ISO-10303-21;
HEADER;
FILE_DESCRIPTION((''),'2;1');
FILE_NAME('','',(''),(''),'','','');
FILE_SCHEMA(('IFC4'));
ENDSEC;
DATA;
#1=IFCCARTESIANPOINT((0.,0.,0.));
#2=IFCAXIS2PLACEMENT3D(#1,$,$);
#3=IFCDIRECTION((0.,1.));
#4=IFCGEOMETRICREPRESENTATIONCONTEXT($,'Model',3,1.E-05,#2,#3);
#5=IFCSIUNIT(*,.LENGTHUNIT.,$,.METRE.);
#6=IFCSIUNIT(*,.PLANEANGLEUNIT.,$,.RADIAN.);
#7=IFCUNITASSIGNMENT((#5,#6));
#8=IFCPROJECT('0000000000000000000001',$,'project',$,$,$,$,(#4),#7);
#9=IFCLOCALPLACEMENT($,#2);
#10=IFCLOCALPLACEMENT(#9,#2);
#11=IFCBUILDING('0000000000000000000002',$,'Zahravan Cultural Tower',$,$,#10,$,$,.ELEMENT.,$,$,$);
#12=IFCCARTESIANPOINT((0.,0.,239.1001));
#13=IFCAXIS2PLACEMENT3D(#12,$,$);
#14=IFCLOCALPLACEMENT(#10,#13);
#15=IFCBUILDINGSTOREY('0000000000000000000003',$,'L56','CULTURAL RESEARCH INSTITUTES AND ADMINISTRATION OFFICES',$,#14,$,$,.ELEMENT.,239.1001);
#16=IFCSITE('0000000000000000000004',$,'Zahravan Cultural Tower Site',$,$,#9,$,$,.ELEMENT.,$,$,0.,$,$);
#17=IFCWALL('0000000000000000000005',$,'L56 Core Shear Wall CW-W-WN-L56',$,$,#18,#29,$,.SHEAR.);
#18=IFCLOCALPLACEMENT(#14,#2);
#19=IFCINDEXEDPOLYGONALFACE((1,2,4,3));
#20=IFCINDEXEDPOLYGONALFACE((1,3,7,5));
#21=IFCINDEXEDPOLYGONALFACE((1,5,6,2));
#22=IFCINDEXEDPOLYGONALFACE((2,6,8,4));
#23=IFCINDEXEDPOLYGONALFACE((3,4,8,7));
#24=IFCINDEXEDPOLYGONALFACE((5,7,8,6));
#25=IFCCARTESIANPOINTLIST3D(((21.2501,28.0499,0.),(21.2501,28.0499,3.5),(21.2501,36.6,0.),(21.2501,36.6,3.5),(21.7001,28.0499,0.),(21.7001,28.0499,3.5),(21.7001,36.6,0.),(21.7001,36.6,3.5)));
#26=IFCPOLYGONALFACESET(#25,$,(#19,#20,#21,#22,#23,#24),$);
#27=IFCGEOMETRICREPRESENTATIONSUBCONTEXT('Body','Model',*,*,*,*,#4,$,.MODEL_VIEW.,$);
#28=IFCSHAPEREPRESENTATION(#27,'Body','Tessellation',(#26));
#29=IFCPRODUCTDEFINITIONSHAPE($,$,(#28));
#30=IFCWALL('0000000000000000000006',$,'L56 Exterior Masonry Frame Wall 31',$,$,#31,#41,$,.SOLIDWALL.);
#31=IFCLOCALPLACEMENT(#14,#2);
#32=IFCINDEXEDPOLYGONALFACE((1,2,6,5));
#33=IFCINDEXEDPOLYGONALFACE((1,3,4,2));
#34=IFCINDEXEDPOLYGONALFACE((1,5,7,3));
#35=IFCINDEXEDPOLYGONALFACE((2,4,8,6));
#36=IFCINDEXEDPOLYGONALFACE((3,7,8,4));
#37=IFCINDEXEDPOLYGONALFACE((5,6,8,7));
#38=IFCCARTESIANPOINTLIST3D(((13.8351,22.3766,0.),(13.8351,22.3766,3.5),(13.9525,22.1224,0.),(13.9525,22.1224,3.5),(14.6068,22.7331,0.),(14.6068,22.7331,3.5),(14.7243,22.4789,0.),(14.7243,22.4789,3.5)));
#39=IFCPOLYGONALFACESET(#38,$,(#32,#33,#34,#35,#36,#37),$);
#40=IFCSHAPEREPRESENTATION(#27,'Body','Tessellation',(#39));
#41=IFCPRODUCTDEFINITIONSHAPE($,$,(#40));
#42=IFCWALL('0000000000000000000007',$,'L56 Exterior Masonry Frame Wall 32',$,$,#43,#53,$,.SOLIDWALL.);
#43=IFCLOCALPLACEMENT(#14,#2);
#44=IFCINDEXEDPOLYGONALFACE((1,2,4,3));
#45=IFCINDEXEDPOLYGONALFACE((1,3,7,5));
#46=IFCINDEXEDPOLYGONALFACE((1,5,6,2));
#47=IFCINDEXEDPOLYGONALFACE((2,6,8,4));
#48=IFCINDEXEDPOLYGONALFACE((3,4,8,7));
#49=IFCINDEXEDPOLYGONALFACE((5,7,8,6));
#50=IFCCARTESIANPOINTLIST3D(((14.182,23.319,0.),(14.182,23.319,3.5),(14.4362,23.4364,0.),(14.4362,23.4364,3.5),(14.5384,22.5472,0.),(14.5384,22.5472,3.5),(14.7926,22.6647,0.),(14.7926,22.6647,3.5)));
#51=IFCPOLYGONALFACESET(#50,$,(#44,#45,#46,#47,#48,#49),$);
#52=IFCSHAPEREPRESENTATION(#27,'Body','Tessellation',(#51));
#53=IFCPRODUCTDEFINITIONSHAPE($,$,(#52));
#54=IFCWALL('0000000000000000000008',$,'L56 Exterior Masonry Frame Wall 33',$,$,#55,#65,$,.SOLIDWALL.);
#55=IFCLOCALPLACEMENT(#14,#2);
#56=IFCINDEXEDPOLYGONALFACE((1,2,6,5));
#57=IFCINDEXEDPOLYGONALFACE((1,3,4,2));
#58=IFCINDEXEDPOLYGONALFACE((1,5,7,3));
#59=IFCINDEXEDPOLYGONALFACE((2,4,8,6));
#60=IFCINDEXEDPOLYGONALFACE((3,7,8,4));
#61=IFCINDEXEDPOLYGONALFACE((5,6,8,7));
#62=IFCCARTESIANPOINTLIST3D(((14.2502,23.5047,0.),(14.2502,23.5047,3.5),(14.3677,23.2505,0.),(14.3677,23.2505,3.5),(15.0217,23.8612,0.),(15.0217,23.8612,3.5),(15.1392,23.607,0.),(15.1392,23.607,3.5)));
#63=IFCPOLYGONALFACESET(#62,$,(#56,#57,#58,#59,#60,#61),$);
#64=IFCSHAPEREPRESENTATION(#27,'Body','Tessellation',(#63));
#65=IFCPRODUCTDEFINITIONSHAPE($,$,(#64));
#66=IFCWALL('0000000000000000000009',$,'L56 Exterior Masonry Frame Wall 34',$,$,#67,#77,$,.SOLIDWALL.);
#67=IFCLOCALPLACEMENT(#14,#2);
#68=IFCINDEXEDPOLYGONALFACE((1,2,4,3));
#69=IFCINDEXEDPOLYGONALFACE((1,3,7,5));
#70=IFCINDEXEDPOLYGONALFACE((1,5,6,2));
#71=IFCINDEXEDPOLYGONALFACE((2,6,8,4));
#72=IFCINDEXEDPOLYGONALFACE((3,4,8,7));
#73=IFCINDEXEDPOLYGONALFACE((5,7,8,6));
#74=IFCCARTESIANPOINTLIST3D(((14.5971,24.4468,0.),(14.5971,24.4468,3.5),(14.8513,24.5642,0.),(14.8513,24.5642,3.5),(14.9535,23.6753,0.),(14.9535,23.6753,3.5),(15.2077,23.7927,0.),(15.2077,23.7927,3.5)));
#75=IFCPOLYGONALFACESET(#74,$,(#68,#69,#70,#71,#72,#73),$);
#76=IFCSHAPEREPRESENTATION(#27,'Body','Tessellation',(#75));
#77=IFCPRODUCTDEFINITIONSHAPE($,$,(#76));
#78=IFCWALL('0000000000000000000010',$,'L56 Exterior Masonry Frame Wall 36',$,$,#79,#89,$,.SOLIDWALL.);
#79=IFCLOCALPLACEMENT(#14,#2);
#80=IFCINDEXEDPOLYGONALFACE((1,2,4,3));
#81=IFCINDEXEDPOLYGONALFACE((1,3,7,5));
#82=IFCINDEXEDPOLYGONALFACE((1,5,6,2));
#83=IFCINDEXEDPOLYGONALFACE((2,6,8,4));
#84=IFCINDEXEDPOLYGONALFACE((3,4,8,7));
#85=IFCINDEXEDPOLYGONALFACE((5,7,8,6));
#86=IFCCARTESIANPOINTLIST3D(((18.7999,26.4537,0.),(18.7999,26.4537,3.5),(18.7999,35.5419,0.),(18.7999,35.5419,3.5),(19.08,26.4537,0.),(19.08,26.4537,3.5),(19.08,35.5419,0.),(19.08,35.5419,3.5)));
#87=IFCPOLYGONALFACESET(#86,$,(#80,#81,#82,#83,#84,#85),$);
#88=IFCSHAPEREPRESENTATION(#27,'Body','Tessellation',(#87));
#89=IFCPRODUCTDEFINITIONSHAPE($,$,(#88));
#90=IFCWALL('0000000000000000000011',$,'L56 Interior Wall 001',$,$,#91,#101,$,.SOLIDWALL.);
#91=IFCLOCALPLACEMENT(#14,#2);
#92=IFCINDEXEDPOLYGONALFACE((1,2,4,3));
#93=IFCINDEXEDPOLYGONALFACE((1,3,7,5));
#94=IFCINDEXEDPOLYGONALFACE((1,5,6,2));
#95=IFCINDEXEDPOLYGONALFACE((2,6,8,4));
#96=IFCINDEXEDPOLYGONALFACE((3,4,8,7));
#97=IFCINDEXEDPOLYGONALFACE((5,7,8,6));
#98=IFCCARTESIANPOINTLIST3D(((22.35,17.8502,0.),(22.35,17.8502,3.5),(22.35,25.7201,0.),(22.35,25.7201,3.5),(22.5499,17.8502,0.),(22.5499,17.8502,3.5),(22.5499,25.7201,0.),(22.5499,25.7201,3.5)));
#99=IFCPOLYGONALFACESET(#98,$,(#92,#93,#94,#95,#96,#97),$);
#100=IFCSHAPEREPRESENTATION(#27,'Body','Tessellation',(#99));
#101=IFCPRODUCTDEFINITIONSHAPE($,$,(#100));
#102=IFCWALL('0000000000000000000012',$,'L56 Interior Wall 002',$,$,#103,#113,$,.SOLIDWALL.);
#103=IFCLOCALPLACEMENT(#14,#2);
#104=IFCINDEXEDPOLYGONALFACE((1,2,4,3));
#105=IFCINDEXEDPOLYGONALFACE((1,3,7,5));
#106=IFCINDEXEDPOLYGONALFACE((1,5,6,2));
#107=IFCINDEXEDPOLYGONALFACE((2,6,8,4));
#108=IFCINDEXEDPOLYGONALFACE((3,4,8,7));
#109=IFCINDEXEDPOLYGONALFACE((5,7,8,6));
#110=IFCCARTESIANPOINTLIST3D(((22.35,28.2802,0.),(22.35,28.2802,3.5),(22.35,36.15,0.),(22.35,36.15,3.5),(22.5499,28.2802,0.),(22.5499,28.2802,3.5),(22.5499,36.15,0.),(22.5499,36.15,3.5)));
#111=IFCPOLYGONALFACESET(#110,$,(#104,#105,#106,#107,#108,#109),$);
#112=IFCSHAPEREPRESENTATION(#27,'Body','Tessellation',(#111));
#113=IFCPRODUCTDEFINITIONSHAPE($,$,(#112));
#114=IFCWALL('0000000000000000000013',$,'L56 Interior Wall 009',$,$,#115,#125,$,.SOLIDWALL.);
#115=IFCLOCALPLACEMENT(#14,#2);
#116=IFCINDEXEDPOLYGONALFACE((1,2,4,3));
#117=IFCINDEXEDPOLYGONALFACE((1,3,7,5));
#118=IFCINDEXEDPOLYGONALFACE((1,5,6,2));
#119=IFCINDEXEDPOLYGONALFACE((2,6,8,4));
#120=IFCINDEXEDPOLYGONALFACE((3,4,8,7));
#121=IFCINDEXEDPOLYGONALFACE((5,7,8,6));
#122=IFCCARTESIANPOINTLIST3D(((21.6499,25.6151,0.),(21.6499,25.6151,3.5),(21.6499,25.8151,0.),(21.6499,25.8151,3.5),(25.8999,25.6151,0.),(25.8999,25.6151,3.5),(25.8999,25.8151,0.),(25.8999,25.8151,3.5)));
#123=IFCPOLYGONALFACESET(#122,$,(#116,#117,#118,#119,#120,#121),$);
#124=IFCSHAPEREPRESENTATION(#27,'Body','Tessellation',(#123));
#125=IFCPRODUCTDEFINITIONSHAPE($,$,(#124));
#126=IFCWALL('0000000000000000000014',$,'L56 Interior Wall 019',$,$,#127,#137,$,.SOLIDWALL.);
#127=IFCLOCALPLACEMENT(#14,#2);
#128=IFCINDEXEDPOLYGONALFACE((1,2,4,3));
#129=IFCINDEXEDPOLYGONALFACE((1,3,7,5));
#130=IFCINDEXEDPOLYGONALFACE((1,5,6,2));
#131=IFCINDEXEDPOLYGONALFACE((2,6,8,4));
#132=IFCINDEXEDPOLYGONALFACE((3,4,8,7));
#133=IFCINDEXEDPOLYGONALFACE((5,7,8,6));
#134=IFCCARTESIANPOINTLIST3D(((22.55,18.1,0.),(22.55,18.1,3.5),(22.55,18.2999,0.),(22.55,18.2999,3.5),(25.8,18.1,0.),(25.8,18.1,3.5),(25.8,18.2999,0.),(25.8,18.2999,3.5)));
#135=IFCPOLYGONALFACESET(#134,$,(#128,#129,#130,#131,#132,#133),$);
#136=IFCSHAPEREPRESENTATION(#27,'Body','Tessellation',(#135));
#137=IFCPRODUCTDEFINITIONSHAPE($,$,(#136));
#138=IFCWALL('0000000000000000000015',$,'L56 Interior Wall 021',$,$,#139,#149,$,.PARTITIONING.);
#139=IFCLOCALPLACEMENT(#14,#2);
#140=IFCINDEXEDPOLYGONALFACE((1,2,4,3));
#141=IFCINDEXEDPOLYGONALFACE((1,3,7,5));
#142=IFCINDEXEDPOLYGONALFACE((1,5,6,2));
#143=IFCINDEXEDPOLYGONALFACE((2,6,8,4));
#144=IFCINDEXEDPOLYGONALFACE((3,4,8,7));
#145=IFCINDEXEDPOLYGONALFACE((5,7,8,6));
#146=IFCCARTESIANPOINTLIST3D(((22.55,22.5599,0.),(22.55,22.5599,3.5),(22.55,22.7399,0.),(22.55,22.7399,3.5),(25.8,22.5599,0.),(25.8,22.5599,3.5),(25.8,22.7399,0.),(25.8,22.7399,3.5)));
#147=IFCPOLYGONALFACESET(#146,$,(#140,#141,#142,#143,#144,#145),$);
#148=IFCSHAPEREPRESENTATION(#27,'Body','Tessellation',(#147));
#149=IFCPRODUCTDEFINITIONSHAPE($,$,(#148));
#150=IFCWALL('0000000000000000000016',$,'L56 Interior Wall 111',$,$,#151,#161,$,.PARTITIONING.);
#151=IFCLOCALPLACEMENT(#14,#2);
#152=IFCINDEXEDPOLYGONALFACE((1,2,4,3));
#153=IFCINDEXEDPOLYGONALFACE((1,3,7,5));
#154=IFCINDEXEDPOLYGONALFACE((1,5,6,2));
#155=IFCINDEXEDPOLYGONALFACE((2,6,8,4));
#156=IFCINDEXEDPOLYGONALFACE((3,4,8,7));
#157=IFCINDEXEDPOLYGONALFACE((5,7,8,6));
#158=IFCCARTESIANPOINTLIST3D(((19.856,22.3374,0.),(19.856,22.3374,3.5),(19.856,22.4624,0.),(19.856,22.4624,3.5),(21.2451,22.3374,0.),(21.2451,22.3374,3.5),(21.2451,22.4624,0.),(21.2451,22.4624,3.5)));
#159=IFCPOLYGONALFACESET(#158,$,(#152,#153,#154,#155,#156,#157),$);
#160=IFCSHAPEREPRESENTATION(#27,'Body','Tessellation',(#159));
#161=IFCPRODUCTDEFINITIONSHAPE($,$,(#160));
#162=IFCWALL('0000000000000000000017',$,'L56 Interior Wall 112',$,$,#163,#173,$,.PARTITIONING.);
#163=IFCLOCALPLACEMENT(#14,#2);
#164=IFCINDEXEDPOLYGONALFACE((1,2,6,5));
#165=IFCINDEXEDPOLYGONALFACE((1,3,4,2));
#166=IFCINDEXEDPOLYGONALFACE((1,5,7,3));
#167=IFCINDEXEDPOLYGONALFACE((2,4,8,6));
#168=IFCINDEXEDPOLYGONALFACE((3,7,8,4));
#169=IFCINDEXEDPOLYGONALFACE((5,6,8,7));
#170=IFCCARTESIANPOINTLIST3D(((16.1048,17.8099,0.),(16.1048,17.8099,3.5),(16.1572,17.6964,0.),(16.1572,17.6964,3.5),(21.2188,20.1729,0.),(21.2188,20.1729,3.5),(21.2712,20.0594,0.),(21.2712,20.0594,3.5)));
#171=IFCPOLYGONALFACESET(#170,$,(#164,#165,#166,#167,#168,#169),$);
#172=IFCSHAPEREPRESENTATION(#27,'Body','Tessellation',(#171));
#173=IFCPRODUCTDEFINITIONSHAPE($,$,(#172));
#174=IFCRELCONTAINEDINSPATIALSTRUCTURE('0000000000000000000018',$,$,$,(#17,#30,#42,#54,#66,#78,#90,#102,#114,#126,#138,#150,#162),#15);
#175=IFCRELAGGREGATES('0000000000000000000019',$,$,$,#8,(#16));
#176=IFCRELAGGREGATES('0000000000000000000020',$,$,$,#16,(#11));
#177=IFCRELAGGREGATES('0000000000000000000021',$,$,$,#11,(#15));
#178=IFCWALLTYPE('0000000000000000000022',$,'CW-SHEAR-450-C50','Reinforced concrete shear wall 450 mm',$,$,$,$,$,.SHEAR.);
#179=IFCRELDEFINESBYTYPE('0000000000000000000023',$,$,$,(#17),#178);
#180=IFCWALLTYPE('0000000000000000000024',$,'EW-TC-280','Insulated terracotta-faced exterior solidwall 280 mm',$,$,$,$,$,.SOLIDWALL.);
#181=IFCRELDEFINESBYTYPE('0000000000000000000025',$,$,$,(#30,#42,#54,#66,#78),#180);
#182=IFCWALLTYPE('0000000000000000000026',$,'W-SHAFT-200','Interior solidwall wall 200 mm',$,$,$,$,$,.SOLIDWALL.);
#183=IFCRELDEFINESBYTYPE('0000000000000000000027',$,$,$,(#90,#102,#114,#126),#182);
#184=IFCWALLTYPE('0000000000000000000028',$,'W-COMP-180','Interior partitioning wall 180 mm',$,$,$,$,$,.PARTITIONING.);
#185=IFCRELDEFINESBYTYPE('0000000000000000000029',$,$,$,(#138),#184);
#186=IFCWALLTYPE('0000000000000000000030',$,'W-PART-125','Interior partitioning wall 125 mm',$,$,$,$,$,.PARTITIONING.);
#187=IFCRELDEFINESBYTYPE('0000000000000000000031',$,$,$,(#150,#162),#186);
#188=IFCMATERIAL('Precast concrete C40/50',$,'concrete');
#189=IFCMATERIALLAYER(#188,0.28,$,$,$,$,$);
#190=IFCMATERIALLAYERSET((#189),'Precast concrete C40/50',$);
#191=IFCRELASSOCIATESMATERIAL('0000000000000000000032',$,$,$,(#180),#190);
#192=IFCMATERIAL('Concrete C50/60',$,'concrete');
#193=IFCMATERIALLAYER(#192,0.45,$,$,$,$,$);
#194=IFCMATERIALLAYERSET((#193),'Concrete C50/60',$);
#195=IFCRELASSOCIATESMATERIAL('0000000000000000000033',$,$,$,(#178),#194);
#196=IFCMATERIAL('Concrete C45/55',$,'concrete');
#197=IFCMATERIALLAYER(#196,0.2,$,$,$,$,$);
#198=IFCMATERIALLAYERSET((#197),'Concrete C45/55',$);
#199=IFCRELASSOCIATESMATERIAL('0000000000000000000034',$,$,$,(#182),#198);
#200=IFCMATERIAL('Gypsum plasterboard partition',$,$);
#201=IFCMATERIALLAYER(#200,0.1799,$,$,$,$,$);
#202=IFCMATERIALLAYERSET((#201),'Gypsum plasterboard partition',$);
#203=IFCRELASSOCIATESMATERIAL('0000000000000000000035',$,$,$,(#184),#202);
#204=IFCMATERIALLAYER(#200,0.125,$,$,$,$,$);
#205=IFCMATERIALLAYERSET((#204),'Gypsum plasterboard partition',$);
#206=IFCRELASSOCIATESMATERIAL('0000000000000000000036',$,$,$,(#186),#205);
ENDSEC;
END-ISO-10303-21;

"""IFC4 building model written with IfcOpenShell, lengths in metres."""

from ifc_helpers import new_model, si_unit, direction, frame, frame_2d, origin, place, context, subcontext, project, spatial, rectangle, extrude, source, transform, mapped, material, layer, layer_set, type_object, element, save


model = new_model("IFC4")

# Units and contexts
model_context = context("Model", 3, precision=1e-05, world=origin(), true_north=direction((0.0, 1.0)))
body_context = subcontext(model_context, "Body", "Model", "MODEL_VIEW")
ifc_project = project(units=[si_unit("LENGTHUNIT", "METRE"), si_unit("PLANEANGLEUNIT", "RADIAN")], contexts=[model_context])

# Site, building, storey
site_placement = place(None, origin())
site = spatial("IfcSite", under=ifc_project, at=site_placement, Name="Zahravan Cultural Tower Site", CompositionType="ELEMENT", RefElevation=0.0)
building_placement = place(site_placement, origin())
building = spatial("IfcBuilding", under=site, at=building_placement, Name="Zahravan Cultural Tower", CompositionType="ELEMENT")
storey_placement = place(building_placement, frame((0.0, 0.0, 239.1001)))
storey = spatial("IfcBuildingStorey", under=building, at=storey_placement, Name="L56", Description="CULTURAL RESEARCH INSTITUTES AND ADMINISTRATION OFFICES", CompositionType="ELEMENT", Elevation=239.1001)

# Shared definitions
ifc_material_1 = material(Name="Concrete C50/60", Category="concrete")

# Shared definitions
ifc_material_2 = material(Name="Precast concrete C40/50", Category="concrete")
ifc_layer_1 = layer(ifc_material_2, 0.28)
ifc_layer_set_1 = layer_set([ifc_layer_1], Name="Precast concrete C40/50")
wall_type_1 = type_object("IfcWallType", Name="EW-TC-280", Description="Insulated terracotta-faced exterior solidwall 280 mm", PredefinedType="SOLIDWALL", material=ifc_layer_set_1)

# Walls
ifc_layer_2 = layer(ifc_material_1, 0.45)
ifc_layer_set_2 = layer_set([ifc_layer_2], Name="Concrete C50/60")
wall_type_2 = type_object("IfcWallType", Name="CW-SHEAR-450-C50", Description="Reinforced concrete shear wall 450 mm", PredefinedType="SHEAR", material=ifc_layer_set_2)
shared_shape_1 = source(origin(), body_context, "Body", "SweptSolid", [
    extrude(rectangle(XDim=8.55, YDim=0.45, at=frame_2d((4.2749, 0.0))), origin(), (0.0, 0.0, 1.0), 3.5),
])
wall_1_placement = place(storey_placement, frame((21.4751, 28.05, 0.0), z_axis=(0.0, 0.0, 1.0), x_axis=(0.0, 1.0, 0.0)))
element("IfcWall", 1, at=wall_1_placement, inside=storey, type_object=wall_type_2, Name="L56 Core Shear Wall CW-W-WN-L56", PredefinedType="SHEAR", context=body_context, shape_type="MappedRepresentation", body=[
    mapped(shared_shape_1, transform((0.0, 0.0, 0.0), x_axis=(1.0, 0.0, 0.0), y_axis=(0.0, 1.0, 0.0), z_axis=(0.0, 0.0, 1.0), scale=1.0)),
])
shared_shape_2 = source(origin(), body_context, "Body", "SweptSolid", [
    extrude(rectangle(XDim=0.8501, YDim=0.28, at=frame_2d((0.425, 0.0))), origin(), (0.0, 0.0, 1.0), 3.5),
])
for number, where, z_axis, x_axis, name in (
    (2, (13.8938, 22.2495, 0.0), (0.0, 0.0, 1.0), (0.907842, 0.419313, 0.0), "L56 Exterior Masonry Frame Wall 31"),
    (3, (14.6655, 22.606, 0.0), (0.0, 0.0, 1.0), (-0.419313, 0.907842, 0.0), "L56 Exterior Masonry Frame Wall 32"),
):
    element("IfcWall", number, at=place(storey_placement, frame(where, z_axis=z_axis, x_axis=x_axis)), inside=storey, type_object=wall_type_1, Name=name, PredefinedType="SOLIDWALL", context=body_context, shape_type="MappedRepresentation", body=[
        mapped(shared_shape_2, transform((0.0, 0.0, 0.0), x_axis=(1.0, 0.0, 0.0), y_axis=(0.0, 1.0, 0.0), z_axis=(0.0, 0.0, 1.0), scale=1.0)),
    ])
shared_shape_3 = source(origin(), body_context, "Body", "SweptSolid", [
    extrude(rectangle(XDim=0.8499, YDim=0.28, at=frame_2d((0.4248, 0.0))), origin(), (0.0, 0.0, 1.0), 3.5),
])
for number, where, z_axis, x_axis, name in (
    (4, (14.3091, 23.3777, 0.0), (0.0, 0.0, 1.0), (0.907791, 0.419422, 0.0), "L56 Exterior Masonry Frame Wall 33"),
    (5, (15.0806, 23.7341, 0.0), (0.0, 0.0, 1.0), (-0.419422, 0.907791, 0.0), "L56 Exterior Masonry Frame Wall 34"),
):
    element("IfcWall", number, at=place(storey_placement, frame(where, z_axis=z_axis, x_axis=x_axis)), inside=storey, type_object=wall_type_1, Name=name, PredefinedType="SOLIDWALL", context=body_context, shape_type="MappedRepresentation", body=[
        mapped(shared_shape_3, transform((0.0, 0.0, 0.0), x_axis=(1.0, 0.0, 0.0), y_axis=(0.0, 1.0, 0.0), z_axis=(0.0, 0.0, 1.0), scale=1.0)),
    ])
shared_shape_4 = source(origin(), body_context, "Body", "SweptSolid", [
    extrude(rectangle(XDim=9.0881, YDim=0.28, at=frame_2d((4.5439, 0.0))), origin(), (0.0, 0.0, 1.0), 3.5),
])
wall_2_placement = place(storey_placement, frame((18.9399, 26.4539, 0.0), z_axis=(0.0, 0.0, 1.0), x_axis=(0.0, 1.0, 0.0)))
element("IfcWall", 6, at=wall_2_placement, inside=storey, type_object=wall_type_1, Name="L56 Exterior Masonry Frame Wall 36", PredefinedType="SOLIDWALL", context=body_context, shape_type="MappedRepresentation", body=[
    mapped(shared_shape_4, transform((0.0, 0.0, 0.0), x_axis=(1.0, 0.0, 0.0), y_axis=(0.0, 1.0, 0.0), z_axis=(0.0, 0.0, 1.0), scale=1.0)),
])
ifc_material_3 = material(Name="Concrete C45/55", Category="concrete")
ifc_layer_3 = layer(ifc_material_3, 0.2)
ifc_layer_set_3 = layer_set([ifc_layer_3], Name="Concrete C45/55")
wall_type_3 = type_object("IfcWallType", Name="W-SHAFT-200", Description="Interior solidwall wall 200 mm", PredefinedType="SOLIDWALL", material=ifc_layer_set_3)
shared_shape_5 = source(origin(), body_context, "Body", "SweptSolid", [
    extrude(rectangle(XDim=7.8699, YDim=0.2, at=frame_2d((3.9351, 0.0))), origin(), (0.0, 0.0, 1.0), 3.5),
])
for number, where, z_axis, x_axis, name in (
    (7, (22.45, 17.8501, 0.0), (0.0, 0.0, 1.0), (0.0, 1.0, 0.0), "L56 Interior Wall 001"),
    (8, (22.45, 28.28, 0.0), (0.0, 0.0, 1.0), (0.0, 1.0, 0.0), "L56 Interior Wall 002"),
):
    element("IfcWall", number, at=place(storey_placement, frame(where, z_axis=z_axis, x_axis=x_axis)), inside=storey, type_object=wall_type_3, Name=name, PredefinedType="SOLIDWALL", context=body_context, shape_type="MappedRepresentation", body=[
        mapped(shared_shape_5, transform((0.0, 0.0, 0.0), x_axis=(1.0, 0.0, 0.0), y_axis=(0.0, 1.0, 0.0), z_axis=(0.0, 0.0, 1.0), scale=1.0)),
    ])
shared_shape_6 = source(origin(), body_context, "Body", "SweptSolid", [
    extrude(rectangle(XDim=4.25, YDim=0.2, at=frame_2d((2.125, 0.0))), origin(), (0.0, 0.0, 1.0), 3.5),
])
wall_3_placement = place(storey_placement, frame((21.6499, 25.7151, 0.0), z_axis=(0.0, 0.0, 1.0), x_axis=(1.0, 0.0, 0.0)))
element("IfcWall", 9, at=wall_3_placement, inside=storey, type_object=wall_type_3, Name="L56 Interior Wall 009", PredefinedType="SOLIDWALL", context=body_context, shape_type="MappedRepresentation", body=[
    mapped(shared_shape_6, transform((0.0, 0.0, 0.0), x_axis=(1.0, 0.0, 0.0), y_axis=(0.0, 1.0, 0.0), z_axis=(0.0, 0.0, 1.0), scale=1.0)),
])
shared_shape_7 = source(origin(), body_context, "Body", "SweptSolid", [
    extrude(rectangle(XDim=3.25, YDim=0.2, at=frame_2d((1.625, 0.0))), origin(), (0.0, 0.0, 1.0), 3.5),
])
wall_4_placement = place(storey_placement, frame((22.55, 18.2, 0.0), z_axis=(0.0, 0.0, 1.0), x_axis=(1.0, 0.0, 0.0)))
element("IfcWall", 10, at=wall_4_placement, inside=storey, type_object=wall_type_3, Name="L56 Interior Wall 019", PredefinedType="SOLIDWALL", context=body_context, shape_type="MappedRepresentation", body=[
    mapped(shared_shape_7, transform((0.0, 0.0, 0.0), x_axis=(1.0, 0.0, 0.0), y_axis=(0.0, 1.0, 0.0), z_axis=(0.0, 0.0, 1.0), scale=1.0)),
])
ifc_material_4 = material(Name="Gypsum plasterboard partition")
ifc_layer_4 = layer(ifc_material_4, 0.1799)
ifc_layer_set_4 = layer_set([ifc_layer_4], Name="Gypsum plasterboard partition")
wall_type_4 = type_object("IfcWallType", Name="W-COMP-180", Description="Interior partitioning wall 180 mm", PredefinedType="PARTITIONING", material=ifc_layer_set_4)
shared_shape_8 = source(origin(), body_context, "Body", "SweptSolid", [
    extrude(rectangle(XDim=3.25, YDim=0.1799, at=frame_2d((1.625, 0.0))), origin(), (0.0, 0.0, 1.0), 3.5),
])
wall_5_placement = place(storey_placement, frame((22.55, 22.6499, 0.0), z_axis=(0.0, 0.0, 1.0), x_axis=(1.0, 0.0, 0.0)))
element("IfcWall", 11, at=wall_5_placement, inside=storey, type_object=wall_type_4, Name="L56 Interior Wall 021", PredefinedType="PARTITIONING", context=body_context, shape_type="MappedRepresentation", body=[
    mapped(shared_shape_8, transform((0.0, 0.0, 0.0), x_axis=(1.0, 0.0, 0.0), y_axis=(0.0, 1.0, 0.0), z_axis=(0.0, 0.0, 1.0), scale=1.0)),
])
ifc_layer_5 = layer(ifc_material_4, 0.125)
ifc_layer_set_5 = layer_set([ifc_layer_5], Name="Gypsum plasterboard partition")
wall_type_5 = type_object("IfcWallType", Name="W-PART-125", Description="Interior partitioning wall 125 mm", PredefinedType="PARTITIONING", material=ifc_layer_set_5)
shared_shape_9 = source(origin(), body_context, "Body", "SweptSolid", [
    extrude(rectangle(XDim=1.3892, YDim=0.125, at=frame_2d((0.6946, 0.0))), origin(), (0.0, 0.0, 1.0), 3.5),
])
wall_6_placement = place(storey_placement, frame((19.856, 22.3999, 0.0), z_axis=(0.0, 0.0, 1.0), x_axis=(1.0, 0.0, 0.0)))
element("IfcWall", 12, at=wall_6_placement, inside=storey, type_object=wall_type_5, Name="L56 Interior Wall 111", PredefinedType="PARTITIONING", context=body_context, shape_type="MappedRepresentation", body=[
    mapped(shared_shape_9, transform((0.0, 0.0, 0.0), x_axis=(1.0, 0.0, 0.0), y_axis=(0.0, 1.0, 0.0), z_axis=(0.0, 0.0, 1.0), scale=1.0)),
])
shared_shape_10 = source(origin(), body_context, "Body", "SweptSolid", [
    extrude(rectangle(XDim=5.6335, YDim=0.125, at=frame_2d((2.8169, 0.0))), origin(), (0.0, 0.0, 1.0), 3.5),
])
wall_7_placement = place(storey_placement, frame((21.2451, 20.1162, 0.0), z_axis=(0.0, 0.0, 1.0), x_axis=(-0.907775, -0.419457, 0.0)))
element("IfcWall", 13, at=wall_7_placement, inside=storey, type_object=wall_type_5, Name="L56 Interior Wall 112", PredefinedType="PARTITIONING", context=body_context, shape_type="MappedRepresentation", body=[
    mapped(shared_shape_10, transform((0.0, 0.0, 0.0), x_axis=(1.0, 0.0, 0.0), y_axis=(0.0, 1.0, 0.0), z_axis=(0.0, 0.0, 1.0), scale=1.0)),
])

save(model, "model.ifc")
